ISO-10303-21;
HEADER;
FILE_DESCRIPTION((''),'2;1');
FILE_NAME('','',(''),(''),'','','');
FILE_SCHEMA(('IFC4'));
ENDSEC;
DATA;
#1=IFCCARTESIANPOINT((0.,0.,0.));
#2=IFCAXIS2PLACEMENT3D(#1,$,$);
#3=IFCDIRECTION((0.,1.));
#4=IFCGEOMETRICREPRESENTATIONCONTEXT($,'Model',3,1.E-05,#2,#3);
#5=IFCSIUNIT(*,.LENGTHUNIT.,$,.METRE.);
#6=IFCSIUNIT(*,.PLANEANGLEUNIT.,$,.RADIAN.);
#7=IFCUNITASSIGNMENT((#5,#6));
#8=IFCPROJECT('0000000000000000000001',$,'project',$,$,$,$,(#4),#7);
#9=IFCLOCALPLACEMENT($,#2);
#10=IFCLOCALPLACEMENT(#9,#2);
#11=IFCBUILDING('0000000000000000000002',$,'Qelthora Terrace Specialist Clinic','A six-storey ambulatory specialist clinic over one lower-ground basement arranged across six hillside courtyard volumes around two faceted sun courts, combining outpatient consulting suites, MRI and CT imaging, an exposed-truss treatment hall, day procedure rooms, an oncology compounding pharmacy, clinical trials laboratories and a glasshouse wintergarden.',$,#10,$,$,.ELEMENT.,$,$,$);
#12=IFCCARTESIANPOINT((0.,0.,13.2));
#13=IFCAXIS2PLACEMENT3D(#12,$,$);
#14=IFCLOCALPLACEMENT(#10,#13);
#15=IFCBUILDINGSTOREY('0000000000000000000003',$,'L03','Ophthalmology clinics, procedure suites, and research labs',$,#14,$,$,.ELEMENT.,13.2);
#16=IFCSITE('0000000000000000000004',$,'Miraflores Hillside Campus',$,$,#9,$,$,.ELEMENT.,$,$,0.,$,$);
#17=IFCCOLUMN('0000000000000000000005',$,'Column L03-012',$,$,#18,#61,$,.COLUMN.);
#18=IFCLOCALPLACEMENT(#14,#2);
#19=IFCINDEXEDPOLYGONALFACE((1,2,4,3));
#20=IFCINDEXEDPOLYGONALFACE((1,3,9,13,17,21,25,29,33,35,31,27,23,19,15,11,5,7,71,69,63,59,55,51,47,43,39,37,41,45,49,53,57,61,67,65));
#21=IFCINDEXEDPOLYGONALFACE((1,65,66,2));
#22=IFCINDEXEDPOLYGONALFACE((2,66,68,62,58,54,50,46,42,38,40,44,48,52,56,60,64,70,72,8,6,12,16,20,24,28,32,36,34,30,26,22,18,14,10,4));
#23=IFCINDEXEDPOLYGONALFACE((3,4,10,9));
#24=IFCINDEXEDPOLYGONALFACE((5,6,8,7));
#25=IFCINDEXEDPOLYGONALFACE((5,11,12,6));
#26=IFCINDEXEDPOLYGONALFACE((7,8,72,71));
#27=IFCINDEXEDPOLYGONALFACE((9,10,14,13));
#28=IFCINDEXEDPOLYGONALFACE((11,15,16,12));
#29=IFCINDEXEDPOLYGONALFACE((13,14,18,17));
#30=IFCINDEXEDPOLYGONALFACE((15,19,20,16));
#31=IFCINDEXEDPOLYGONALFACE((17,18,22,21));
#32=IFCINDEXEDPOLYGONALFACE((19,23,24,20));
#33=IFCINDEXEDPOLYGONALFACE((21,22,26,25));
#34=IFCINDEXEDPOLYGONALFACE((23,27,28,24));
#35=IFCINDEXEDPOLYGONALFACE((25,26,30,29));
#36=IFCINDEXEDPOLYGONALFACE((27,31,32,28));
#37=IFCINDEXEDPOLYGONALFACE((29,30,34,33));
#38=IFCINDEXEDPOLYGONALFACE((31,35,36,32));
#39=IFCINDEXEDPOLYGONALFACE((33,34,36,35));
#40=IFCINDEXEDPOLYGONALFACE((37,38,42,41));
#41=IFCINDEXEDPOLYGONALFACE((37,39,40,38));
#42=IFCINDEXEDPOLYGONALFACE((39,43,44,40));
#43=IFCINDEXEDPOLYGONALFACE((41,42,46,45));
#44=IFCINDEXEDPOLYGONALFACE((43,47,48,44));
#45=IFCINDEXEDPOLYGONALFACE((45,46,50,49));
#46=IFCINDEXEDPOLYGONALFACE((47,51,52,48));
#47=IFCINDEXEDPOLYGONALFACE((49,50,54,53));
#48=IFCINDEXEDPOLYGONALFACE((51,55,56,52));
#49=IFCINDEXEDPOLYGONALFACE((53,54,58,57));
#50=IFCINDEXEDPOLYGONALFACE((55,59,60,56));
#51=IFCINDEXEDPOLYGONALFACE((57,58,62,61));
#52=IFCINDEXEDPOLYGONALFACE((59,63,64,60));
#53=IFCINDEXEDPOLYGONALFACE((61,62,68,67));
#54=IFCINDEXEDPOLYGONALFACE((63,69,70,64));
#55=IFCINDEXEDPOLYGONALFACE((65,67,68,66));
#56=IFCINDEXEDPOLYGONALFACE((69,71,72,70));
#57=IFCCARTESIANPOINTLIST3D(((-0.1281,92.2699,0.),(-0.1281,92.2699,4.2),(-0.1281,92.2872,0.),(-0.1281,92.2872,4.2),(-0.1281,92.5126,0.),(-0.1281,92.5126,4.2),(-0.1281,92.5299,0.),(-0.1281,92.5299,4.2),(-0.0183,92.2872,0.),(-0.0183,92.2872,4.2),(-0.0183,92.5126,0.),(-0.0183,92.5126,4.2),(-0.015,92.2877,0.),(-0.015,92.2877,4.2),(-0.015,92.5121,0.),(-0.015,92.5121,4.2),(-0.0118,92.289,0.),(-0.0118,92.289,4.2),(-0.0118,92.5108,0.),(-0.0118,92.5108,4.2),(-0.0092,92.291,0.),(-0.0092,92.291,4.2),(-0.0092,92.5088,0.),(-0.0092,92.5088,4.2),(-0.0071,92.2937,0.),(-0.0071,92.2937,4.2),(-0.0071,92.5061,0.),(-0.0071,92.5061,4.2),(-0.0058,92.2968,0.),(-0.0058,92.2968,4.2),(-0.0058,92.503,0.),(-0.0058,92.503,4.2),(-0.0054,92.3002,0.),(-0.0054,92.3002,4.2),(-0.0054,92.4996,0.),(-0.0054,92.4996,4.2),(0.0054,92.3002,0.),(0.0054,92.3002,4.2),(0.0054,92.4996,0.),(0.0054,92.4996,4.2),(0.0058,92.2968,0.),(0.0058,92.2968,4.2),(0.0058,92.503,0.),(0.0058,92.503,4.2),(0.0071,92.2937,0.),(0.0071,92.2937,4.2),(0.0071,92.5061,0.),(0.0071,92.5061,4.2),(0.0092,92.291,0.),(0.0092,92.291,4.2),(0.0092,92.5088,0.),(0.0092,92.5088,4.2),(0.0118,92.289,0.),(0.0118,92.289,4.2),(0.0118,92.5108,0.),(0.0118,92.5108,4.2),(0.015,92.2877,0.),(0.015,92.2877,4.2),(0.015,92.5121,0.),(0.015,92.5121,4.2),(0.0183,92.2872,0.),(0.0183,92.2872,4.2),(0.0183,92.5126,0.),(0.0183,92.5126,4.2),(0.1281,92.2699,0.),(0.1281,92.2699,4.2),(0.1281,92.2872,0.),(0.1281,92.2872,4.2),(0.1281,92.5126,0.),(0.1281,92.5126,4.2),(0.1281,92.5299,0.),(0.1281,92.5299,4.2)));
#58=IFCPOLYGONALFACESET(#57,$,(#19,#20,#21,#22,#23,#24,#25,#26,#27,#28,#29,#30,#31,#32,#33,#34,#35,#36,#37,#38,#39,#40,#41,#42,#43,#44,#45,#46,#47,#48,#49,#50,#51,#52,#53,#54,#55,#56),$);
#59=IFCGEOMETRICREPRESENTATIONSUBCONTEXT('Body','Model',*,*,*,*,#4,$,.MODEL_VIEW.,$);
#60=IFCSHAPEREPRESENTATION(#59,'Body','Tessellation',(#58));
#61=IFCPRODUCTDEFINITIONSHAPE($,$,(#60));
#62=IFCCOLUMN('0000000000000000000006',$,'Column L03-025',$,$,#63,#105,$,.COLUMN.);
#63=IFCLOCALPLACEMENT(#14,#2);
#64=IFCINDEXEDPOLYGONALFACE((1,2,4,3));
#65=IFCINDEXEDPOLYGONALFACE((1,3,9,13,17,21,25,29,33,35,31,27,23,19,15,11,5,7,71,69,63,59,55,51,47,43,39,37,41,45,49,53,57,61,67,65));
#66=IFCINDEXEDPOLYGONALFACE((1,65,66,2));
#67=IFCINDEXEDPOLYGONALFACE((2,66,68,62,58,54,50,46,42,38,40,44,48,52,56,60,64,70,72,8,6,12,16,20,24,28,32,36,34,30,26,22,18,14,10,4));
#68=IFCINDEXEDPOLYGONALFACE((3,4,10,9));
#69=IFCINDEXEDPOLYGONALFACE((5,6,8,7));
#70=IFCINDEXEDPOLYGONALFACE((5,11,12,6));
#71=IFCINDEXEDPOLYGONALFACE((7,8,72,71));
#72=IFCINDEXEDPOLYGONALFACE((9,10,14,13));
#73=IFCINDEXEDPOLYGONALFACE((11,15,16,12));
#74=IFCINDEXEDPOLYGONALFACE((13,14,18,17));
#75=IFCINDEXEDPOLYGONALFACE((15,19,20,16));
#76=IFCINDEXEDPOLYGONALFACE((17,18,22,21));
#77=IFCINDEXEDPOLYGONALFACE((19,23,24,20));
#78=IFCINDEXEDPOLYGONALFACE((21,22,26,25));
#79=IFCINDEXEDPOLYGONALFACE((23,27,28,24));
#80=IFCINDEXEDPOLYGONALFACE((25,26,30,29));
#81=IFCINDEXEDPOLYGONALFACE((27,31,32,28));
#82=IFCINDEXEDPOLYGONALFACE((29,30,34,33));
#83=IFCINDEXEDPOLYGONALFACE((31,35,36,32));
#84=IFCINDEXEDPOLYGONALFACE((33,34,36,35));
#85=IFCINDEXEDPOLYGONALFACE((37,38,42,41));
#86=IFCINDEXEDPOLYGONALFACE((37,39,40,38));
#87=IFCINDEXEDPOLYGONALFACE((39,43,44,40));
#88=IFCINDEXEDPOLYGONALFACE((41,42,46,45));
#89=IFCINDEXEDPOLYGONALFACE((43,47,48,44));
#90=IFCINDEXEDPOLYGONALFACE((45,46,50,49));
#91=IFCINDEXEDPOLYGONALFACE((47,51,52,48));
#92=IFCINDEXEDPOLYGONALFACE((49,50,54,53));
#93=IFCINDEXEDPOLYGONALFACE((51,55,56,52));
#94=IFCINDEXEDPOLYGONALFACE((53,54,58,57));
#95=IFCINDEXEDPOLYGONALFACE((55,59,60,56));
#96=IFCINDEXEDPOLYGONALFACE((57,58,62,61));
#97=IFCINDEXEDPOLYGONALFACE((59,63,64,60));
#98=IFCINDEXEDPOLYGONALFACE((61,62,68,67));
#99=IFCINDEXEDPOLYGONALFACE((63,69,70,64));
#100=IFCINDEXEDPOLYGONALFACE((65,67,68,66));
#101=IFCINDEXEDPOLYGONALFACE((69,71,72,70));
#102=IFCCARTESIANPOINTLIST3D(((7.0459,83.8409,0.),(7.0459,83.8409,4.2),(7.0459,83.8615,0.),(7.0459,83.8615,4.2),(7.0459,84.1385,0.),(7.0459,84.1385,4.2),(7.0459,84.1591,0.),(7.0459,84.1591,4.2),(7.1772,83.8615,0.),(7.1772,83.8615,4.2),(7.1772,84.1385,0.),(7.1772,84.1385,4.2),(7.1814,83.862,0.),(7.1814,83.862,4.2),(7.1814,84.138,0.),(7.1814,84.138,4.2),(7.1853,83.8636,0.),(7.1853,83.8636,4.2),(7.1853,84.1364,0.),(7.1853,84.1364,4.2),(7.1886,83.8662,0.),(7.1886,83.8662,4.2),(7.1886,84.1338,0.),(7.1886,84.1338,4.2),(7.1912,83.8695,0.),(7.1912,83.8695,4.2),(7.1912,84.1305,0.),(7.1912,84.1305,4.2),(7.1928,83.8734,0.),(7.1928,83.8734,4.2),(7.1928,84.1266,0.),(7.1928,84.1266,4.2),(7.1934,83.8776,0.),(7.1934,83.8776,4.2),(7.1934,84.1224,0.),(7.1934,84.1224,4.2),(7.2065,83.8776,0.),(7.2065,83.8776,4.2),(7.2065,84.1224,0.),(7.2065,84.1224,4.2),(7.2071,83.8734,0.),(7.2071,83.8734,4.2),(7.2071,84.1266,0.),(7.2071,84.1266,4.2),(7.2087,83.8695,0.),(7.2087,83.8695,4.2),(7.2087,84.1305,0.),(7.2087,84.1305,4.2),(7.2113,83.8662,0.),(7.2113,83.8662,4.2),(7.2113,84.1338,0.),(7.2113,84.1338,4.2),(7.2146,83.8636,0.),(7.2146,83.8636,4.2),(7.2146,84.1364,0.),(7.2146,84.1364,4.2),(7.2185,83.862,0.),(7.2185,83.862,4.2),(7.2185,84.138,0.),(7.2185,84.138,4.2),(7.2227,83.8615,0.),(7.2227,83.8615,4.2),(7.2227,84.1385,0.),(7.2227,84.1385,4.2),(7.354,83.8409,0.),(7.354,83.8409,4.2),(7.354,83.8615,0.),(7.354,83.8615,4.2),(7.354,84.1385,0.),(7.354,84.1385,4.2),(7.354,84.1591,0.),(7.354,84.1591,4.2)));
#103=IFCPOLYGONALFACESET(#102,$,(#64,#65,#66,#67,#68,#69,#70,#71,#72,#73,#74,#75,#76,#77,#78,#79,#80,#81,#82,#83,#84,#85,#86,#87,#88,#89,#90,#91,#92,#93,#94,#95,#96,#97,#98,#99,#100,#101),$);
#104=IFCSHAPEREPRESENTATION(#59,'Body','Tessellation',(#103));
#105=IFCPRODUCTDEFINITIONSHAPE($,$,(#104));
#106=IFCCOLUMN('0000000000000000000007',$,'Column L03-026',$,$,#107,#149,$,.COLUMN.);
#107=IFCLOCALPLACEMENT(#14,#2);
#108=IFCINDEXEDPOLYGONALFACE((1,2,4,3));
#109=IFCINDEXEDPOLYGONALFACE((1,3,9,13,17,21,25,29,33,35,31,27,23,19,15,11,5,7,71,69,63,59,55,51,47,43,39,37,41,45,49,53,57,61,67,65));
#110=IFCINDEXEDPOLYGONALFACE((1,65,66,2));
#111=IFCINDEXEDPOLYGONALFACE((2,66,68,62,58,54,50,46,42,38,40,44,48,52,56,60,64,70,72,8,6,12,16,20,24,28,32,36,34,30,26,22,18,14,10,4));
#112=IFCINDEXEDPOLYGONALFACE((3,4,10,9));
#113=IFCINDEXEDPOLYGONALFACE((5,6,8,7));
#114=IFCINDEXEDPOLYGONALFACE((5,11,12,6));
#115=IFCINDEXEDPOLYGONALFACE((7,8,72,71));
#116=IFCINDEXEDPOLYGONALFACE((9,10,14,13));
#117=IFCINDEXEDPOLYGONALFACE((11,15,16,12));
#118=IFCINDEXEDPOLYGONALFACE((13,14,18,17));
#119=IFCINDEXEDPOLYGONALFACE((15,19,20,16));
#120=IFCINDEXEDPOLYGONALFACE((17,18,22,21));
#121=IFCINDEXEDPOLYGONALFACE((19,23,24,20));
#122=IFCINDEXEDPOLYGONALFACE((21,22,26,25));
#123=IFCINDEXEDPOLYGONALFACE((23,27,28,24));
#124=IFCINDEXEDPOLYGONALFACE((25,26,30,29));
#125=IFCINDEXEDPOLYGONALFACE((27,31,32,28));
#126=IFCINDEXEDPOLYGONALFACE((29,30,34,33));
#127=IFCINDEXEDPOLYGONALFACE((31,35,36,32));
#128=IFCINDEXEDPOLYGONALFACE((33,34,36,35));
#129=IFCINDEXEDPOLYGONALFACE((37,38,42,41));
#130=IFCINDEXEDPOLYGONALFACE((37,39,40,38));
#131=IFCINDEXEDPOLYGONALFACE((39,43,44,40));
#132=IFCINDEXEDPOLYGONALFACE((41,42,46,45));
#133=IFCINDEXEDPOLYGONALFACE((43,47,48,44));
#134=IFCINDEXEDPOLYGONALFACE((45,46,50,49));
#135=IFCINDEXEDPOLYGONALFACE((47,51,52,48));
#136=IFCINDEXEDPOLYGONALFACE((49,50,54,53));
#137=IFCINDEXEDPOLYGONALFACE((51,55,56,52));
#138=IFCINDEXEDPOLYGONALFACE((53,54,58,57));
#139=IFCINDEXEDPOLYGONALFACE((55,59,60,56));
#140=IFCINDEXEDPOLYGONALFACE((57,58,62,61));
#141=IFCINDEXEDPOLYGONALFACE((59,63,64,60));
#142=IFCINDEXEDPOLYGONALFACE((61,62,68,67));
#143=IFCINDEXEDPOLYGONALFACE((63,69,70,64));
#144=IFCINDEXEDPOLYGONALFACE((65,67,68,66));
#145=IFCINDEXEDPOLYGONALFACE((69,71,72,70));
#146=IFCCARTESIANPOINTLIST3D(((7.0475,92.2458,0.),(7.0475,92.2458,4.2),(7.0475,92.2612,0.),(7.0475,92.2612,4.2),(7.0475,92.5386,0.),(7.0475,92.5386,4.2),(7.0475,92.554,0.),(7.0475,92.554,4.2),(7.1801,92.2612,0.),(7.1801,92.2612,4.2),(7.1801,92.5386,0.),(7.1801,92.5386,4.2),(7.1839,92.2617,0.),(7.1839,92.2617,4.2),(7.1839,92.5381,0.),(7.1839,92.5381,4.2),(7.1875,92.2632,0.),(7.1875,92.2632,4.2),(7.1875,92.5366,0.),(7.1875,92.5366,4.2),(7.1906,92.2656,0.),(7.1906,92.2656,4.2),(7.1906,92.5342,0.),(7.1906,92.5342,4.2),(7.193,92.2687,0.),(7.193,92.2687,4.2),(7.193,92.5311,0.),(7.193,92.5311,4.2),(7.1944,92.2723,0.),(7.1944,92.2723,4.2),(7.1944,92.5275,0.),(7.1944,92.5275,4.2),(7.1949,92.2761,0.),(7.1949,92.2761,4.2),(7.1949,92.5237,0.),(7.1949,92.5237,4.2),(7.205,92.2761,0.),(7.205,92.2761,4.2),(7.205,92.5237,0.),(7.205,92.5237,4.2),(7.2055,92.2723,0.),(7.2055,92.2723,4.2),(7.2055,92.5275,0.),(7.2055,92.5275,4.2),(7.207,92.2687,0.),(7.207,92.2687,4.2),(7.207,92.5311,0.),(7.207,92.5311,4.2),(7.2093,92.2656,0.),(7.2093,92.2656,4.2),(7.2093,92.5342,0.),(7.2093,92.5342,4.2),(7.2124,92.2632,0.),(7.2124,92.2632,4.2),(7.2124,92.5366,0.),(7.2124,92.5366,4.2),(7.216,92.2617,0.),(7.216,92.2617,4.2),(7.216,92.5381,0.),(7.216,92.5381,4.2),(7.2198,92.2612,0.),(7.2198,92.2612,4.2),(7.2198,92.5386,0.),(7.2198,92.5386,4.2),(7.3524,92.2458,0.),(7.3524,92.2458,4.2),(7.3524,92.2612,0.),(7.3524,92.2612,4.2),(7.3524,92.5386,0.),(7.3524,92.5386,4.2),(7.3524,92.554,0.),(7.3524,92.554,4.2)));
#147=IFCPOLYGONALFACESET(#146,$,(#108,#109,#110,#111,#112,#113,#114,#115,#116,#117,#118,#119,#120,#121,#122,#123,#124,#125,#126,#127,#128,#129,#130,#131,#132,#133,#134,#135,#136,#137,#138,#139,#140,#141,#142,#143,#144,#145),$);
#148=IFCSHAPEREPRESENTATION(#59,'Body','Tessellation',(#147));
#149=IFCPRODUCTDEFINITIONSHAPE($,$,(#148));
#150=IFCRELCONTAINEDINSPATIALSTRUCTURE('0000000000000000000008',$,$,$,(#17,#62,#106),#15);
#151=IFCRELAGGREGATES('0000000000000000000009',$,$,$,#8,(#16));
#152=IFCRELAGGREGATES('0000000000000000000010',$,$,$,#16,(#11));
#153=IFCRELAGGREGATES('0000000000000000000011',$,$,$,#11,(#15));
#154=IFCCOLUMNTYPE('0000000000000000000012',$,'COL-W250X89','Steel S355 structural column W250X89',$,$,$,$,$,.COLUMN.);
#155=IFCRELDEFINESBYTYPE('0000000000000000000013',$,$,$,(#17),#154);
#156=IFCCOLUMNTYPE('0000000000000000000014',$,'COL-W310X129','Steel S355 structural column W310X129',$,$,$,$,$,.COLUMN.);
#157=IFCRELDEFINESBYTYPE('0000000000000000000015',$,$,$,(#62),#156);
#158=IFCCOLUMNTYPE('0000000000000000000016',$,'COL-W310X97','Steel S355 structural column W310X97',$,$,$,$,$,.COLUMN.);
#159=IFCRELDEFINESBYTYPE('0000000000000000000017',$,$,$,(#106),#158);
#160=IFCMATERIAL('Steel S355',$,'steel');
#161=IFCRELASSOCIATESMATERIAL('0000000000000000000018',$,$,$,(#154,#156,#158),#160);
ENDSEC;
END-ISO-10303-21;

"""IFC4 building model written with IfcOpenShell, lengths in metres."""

from ifc_helpers import new_model, si_unit, direction, frame, origin, origin_2d, place, context, subcontext, project, spatial, i_section, extrude, material, material_profile, profile_set, type_object, element, save


model = new_model("IFC4")

# Units and contexts
model_context = context("Model", 3, precision=1e-05, world=origin(), true_north=direction((0.0, 1.0)))
body_context = subcontext(model_context, "Body", "Model", "MODEL_VIEW")
ifc_project = project(units=[si_unit("LENGTHUNIT", "METRE"), si_unit("PLANEANGLEUNIT", "RADIAN")], contexts=[model_context])

# Site, building, storey
site_placement = place(None, origin())
site = spatial("IfcSite", under=ifc_project, at=site_placement, Name="Miraflores Hillside Campus", CompositionType="ELEMENT", RefElevation=0.0)
building_placement = place(site_placement, origin())
building = spatial("IfcBuilding", under=site, at=building_placement, Name="Qelthora Terrace Specialist Clinic", Description="A six-storey ambulatory specialist clinic over one lower-ground basement arranged across six hillside courtyard volumes around two faceted sun courts, combining outpatient consulting suites, MRI and CT imaging, an exposed-truss treatment hall, day procedure rooms, an oncology compounding pharmacy, clinical trials laboratories and a glasshouse wintergarden.", CompositionType="ELEMENT")
storey_placement = place(building_placement, frame((0.0, 0.0, 13.2)))
storey = spatial("IfcBuildingStorey", under=building, at=storey_placement, Name="L03", Description="Ophthalmology clinics, procedure suites, and research labs", CompositionType="ELEMENT", Elevation=13.2)

# Columns
ifc_material_1 = material(Name="Steel S355", Category="steel")
ifc_material_profile_1 = material_profile(ifc_material_1, i_section(OverallWidth=0.2561, OverallDepth=0.26, WebThickness=0.0107, FlangeThickness=0.0173, FilletRadius=0.0129, at=origin_2d()), Name="W250X89")
ifc_profile_set_1 = profile_set([ifc_material_profile_1], Name="Steel S355")
column_type_1 = type_object("IfcColumnType", Name="COL-W250X89", Description="Steel S355 structural column W250X89", PredefinedType="COLUMN", material=ifc_profile_set_1)
column_1_placement = place(storey_placement, frame((0.0, 92.3999, 0.0), z_axis=(0.0, 0.0, 1.0), x_axis=(1.0, 0.0, 0.0)))
element("IfcColumn", 1, at=column_1_placement, inside=storey, type_object=column_type_1, Name="Column L03-012", PredefinedType="COLUMN", context=body_context, shape_type="SweptSolid", body=[
    extrude(i_section(OverallWidth=0.2561, OverallDepth=0.26, WebThickness=0.0107, FlangeThickness=0.0173, FilletRadius=0.0129, at=origin_2d()), origin(), (0.0, 0.0, 1.0), 4.2),
])
ifc_material_profile_2 = material_profile(ifc_material_1, i_section(OverallWidth=0.3081, OverallDepth=0.3181, WebThickness=0.0132, FlangeThickness=0.0205, FilletRadius=0.0161, at=origin_2d()), Name="W310X129")
ifc_profile_set_2 = profile_set([ifc_material_profile_2], Name="Steel S355")
column_type_2 = type_object("IfcColumnType", Name="COL-W310X129", Description="Steel S355 structural column W310X129", PredefinedType="COLUMN", material=ifc_profile_set_2)
column_2_placement = place(storey_placement, frame((7.2, 84.0, 0.0), z_axis=(0.0, 0.0, 1.0), x_axis=(1.0, 0.0, 0.0)))
element("IfcColumn", 2, at=column_2_placement, inside=storey, type_object=column_type_2, Name="Column L03-025", PredefinedType="COLUMN", context=body_context, shape_type="SweptSolid", body=[
    extrude(i_section(OverallWidth=0.3081, OverallDepth=0.3181, WebThickness=0.0132, FlangeThickness=0.0205, FilletRadius=0.0161, at=origin_2d()), origin(), (0.0, 0.0, 1.0), 4.2),
])
ifc_material_profile_3 = material_profile(ifc_material_1, i_section(OverallWidth=0.3049, OverallDepth=0.3081, WebThickness=0.01, FlangeThickness=0.0154, FilletRadius=0.0149, at=origin_2d()), Name="W310X97")
ifc_profile_set_3 = profile_set([ifc_material_profile_3], Name="Steel S355")
column_type_3 = type_object("IfcColumnType", Name="COL-W310X97", Description="Steel S355 structural column W310X97", PredefinedType="COLUMN", material=ifc_profile_set_3)
column_3_placement = place(storey_placement, frame((7.2, 92.3999, 0.0), z_axis=(0.0, 0.0, 1.0), x_axis=(1.0, 0.0, 0.0)))
element("IfcColumn", 3, at=column_3_placement, inside=storey, type_object=column_type_3, Name="Column L03-026", PredefinedType="COLUMN", context=body_context, shape_type="SweptSolid", body=[
    extrude(i_section(OverallWidth=0.3049, OverallDepth=0.3081, WebThickness=0.01, FlangeThickness=0.0154, FilletRadius=0.0149, at=origin_2d()), origin(), (0.0, 0.0, 1.0), 4.2),
])

save(model, "model.ifc")
